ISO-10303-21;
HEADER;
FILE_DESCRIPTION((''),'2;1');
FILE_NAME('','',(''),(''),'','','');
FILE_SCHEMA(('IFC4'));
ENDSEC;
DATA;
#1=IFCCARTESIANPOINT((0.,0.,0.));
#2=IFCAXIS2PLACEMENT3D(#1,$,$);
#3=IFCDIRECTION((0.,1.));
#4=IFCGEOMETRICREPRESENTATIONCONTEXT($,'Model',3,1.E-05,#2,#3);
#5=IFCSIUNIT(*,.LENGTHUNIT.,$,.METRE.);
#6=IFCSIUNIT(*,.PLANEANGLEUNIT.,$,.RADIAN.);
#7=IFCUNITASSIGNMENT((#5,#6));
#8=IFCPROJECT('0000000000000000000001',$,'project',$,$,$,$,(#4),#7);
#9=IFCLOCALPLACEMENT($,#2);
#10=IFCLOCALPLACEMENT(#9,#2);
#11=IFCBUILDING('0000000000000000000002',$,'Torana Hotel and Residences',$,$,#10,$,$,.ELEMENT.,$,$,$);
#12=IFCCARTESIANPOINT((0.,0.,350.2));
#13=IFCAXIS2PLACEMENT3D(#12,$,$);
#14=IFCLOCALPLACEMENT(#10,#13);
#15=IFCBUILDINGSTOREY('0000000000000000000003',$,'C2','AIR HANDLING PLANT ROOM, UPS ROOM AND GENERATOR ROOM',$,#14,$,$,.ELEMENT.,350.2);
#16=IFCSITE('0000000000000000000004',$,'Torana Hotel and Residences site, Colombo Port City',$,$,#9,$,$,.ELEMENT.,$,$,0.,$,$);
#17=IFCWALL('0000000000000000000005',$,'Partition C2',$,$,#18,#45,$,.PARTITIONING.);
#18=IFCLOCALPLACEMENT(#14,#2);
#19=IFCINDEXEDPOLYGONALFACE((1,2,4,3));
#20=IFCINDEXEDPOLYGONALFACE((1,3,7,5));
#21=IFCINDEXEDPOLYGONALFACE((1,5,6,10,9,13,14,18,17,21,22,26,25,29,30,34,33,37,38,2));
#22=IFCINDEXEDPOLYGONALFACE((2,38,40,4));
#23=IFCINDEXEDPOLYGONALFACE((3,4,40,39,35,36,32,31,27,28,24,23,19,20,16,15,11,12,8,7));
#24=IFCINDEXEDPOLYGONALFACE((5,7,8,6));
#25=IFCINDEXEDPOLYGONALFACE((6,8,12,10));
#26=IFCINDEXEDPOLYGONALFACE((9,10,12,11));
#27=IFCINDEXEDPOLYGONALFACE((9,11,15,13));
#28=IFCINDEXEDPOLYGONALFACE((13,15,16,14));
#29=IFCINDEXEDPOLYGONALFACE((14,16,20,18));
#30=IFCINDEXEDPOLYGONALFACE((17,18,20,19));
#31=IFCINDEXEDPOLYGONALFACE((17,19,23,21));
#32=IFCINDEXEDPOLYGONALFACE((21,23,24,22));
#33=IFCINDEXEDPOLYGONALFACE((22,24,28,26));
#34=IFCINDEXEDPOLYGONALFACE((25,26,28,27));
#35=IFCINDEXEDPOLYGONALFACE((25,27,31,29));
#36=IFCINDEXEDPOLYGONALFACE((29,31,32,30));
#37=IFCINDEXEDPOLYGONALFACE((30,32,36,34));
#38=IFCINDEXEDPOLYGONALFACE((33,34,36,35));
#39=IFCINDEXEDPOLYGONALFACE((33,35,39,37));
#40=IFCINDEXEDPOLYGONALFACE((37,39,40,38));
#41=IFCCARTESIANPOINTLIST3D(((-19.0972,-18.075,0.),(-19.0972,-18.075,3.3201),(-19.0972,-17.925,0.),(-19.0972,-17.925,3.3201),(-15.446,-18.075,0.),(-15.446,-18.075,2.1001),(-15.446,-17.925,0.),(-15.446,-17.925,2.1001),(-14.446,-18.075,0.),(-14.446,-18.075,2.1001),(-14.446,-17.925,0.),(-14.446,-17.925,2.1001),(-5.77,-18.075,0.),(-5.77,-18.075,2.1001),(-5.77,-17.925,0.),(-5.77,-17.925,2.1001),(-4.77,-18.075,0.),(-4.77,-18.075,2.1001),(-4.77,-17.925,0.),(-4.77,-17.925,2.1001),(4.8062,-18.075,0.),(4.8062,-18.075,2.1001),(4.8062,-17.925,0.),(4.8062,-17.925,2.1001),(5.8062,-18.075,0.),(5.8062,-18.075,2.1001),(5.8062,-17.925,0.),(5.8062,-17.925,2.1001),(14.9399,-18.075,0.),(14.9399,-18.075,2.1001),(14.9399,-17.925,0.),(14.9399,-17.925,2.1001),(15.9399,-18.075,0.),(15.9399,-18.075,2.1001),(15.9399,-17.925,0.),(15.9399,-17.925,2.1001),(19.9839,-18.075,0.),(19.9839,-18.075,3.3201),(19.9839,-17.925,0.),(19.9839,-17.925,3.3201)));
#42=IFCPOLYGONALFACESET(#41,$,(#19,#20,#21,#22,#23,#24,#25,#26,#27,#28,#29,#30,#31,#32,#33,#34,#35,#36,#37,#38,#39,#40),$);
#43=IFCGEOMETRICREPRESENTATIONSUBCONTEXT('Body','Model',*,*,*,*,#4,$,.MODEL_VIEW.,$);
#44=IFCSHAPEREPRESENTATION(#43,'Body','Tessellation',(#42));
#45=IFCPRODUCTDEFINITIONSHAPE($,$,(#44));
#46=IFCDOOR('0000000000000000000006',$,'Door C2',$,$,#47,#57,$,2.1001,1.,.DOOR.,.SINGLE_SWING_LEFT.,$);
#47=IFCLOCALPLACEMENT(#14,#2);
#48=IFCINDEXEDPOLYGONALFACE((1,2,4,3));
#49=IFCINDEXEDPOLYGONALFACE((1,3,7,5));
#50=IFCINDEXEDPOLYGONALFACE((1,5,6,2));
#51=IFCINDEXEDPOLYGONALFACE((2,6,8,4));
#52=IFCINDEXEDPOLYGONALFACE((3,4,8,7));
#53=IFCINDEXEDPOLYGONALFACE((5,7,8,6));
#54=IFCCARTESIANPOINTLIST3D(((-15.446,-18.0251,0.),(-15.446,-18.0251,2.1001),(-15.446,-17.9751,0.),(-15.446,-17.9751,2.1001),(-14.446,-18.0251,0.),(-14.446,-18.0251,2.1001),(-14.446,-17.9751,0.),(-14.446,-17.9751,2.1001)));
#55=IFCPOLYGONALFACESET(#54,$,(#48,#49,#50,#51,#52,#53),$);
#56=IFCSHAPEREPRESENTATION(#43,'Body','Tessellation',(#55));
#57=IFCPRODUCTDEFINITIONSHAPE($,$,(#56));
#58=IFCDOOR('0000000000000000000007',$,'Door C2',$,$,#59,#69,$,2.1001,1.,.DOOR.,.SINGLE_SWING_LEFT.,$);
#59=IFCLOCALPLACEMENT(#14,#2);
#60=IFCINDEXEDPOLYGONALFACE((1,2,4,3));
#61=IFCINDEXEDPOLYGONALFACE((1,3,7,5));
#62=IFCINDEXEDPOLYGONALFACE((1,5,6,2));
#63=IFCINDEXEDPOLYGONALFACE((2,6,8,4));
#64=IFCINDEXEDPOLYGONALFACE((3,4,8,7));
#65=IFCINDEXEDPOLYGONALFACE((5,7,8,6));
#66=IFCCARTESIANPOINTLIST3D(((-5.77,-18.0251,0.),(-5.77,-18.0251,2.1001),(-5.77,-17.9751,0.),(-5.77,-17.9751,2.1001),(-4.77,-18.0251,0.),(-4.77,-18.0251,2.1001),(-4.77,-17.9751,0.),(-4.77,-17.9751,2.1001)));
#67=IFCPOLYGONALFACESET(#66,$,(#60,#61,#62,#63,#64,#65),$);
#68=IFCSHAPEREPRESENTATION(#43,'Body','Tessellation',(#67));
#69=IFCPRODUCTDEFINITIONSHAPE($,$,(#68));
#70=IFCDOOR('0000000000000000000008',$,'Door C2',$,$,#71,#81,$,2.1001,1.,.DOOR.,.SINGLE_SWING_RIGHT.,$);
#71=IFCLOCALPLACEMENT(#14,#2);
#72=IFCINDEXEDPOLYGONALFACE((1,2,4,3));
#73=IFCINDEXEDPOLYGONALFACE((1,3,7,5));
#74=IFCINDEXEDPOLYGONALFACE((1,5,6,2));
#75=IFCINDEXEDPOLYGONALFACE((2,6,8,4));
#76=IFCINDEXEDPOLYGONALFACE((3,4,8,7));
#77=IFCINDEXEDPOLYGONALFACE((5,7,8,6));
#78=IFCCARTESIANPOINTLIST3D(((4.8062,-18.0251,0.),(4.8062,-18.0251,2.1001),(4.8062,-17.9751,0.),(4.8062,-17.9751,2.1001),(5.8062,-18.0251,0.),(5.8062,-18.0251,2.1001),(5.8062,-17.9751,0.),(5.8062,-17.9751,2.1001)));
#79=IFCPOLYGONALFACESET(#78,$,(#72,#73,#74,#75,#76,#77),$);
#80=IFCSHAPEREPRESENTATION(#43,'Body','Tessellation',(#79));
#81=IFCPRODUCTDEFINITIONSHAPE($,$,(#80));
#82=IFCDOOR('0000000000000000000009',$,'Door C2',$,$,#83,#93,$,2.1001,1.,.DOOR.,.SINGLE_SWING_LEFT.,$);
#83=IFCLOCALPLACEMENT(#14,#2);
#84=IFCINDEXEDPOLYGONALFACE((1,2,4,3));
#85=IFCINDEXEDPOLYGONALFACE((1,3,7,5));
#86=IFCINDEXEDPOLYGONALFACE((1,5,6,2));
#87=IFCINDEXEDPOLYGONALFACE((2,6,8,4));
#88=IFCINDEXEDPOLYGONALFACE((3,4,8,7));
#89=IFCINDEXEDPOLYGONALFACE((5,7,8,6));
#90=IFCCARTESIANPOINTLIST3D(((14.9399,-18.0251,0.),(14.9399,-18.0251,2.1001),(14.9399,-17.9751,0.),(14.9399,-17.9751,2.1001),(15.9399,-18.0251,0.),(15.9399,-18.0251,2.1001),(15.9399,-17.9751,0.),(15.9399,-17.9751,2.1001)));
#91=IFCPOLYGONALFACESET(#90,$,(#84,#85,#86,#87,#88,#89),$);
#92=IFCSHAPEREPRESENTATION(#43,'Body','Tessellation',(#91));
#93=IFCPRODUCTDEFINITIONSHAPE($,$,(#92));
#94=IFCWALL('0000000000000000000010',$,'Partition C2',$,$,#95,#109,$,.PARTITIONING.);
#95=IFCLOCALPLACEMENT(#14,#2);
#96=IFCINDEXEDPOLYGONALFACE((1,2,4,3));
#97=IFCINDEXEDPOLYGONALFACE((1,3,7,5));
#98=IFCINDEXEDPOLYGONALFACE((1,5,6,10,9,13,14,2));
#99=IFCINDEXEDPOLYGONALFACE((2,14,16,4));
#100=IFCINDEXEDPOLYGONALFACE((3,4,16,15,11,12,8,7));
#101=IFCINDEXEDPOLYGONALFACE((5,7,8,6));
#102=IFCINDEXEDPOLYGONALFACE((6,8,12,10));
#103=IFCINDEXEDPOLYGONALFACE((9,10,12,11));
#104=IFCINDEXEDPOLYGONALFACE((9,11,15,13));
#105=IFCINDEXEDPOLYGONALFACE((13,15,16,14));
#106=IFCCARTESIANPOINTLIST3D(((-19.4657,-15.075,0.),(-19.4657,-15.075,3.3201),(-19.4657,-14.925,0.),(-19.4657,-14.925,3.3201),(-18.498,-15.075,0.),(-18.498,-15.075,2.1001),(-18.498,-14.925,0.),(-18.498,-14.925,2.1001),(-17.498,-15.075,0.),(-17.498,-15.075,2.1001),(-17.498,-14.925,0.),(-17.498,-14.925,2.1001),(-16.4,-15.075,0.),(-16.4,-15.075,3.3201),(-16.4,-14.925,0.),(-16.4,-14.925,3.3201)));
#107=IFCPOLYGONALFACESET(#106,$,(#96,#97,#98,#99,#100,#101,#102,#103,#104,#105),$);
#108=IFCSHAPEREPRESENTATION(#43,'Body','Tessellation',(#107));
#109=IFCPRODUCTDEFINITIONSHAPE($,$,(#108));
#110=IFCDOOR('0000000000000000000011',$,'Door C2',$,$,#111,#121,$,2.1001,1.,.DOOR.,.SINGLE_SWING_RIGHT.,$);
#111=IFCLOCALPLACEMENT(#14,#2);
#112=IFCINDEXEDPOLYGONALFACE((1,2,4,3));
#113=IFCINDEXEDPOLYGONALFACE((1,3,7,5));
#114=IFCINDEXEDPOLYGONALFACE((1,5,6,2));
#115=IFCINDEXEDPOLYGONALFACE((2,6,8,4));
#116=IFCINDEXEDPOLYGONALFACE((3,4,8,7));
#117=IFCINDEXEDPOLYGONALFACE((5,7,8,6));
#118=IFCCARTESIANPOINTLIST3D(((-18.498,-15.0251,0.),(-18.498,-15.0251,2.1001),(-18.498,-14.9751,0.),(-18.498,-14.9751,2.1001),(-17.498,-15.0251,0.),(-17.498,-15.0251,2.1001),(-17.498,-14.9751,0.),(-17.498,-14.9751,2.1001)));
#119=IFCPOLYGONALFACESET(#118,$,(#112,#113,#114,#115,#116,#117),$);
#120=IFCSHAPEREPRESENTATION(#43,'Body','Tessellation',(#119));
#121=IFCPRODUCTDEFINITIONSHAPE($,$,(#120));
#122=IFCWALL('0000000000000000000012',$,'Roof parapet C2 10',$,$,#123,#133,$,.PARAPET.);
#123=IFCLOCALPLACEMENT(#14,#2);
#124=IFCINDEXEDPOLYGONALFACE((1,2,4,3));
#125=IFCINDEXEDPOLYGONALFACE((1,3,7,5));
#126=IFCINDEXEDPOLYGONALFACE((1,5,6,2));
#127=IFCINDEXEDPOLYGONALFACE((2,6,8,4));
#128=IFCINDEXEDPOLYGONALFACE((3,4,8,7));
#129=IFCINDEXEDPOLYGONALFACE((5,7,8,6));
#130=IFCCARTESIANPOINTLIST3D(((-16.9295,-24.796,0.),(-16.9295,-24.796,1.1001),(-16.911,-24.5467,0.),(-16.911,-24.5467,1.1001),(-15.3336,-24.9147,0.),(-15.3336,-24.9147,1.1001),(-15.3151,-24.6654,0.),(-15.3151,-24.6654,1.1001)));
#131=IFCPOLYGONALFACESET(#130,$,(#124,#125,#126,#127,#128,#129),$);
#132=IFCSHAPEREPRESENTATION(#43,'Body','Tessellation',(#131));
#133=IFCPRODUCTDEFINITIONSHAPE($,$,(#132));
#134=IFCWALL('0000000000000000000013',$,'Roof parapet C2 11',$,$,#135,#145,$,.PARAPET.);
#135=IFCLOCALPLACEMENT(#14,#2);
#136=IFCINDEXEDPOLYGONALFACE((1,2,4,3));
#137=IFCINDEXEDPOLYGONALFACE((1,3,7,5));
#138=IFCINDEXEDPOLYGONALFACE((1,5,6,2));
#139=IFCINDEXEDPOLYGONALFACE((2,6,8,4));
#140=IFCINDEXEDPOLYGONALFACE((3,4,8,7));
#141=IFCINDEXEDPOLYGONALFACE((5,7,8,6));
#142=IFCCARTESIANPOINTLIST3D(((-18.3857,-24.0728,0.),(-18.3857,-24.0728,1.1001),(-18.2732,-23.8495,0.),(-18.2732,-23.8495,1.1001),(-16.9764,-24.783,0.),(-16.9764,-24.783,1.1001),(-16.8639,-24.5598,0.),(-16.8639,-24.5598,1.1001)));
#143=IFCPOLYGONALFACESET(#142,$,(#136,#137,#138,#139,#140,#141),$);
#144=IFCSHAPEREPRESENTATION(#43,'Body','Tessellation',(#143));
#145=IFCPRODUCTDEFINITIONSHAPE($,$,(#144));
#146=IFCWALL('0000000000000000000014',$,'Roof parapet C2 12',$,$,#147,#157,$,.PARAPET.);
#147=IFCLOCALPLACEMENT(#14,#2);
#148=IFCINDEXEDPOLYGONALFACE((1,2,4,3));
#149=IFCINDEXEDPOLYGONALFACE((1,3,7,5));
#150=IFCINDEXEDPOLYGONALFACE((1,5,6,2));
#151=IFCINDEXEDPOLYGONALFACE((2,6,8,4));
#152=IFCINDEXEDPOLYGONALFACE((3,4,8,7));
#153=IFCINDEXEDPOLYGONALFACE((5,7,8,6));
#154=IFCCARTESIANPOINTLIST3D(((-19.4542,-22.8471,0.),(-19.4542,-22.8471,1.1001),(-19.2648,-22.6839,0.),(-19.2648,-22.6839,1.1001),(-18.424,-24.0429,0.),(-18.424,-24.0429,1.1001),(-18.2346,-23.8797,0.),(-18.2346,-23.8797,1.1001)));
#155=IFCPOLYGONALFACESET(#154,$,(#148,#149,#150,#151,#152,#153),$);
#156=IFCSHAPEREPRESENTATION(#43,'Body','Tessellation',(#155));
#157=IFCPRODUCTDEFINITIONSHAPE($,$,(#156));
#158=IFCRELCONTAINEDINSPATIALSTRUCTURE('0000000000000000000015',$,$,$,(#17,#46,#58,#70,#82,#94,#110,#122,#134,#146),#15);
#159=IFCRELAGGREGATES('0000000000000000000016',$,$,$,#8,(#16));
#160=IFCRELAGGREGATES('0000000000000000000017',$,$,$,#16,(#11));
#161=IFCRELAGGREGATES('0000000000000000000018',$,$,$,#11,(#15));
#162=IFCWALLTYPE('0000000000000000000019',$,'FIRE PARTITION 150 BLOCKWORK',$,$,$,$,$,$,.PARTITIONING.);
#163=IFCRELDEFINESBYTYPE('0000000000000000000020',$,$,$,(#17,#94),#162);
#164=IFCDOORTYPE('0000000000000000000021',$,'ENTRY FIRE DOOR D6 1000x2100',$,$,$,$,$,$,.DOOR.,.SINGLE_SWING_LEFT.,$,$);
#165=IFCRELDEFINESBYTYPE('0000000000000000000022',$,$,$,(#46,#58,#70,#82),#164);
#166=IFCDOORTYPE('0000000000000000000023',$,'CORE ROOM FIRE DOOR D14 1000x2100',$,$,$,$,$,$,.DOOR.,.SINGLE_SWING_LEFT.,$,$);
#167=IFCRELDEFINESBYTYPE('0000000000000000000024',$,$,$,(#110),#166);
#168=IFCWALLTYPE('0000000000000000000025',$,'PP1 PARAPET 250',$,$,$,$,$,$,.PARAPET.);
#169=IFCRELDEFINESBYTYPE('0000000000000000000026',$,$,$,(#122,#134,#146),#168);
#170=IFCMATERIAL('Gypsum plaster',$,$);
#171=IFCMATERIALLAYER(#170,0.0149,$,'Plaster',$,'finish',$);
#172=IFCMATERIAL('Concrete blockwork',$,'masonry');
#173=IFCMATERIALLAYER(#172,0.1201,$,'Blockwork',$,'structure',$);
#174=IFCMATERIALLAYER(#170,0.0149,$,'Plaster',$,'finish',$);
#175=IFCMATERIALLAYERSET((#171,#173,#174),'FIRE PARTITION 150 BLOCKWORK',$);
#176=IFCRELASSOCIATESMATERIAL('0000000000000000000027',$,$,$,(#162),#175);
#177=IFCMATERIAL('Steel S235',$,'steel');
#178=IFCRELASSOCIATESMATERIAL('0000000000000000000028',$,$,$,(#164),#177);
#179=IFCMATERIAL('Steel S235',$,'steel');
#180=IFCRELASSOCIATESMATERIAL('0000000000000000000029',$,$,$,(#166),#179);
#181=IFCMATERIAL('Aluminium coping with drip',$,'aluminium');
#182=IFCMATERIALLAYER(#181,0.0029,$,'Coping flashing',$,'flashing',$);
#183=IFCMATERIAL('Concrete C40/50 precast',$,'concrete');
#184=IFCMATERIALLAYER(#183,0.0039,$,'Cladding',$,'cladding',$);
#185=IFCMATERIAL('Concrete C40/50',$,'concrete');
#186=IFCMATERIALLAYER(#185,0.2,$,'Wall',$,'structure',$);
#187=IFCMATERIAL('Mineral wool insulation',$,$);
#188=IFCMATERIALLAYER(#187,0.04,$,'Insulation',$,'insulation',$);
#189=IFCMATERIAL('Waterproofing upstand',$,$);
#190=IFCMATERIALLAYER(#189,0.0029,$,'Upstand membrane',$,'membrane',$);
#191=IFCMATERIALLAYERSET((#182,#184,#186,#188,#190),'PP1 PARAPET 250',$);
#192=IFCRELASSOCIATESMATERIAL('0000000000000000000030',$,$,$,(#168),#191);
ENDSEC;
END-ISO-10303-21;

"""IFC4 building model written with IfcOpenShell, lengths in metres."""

from ifc_helpers import new_model, si_unit, direction, frame, frame_2d, origin, place, context, subcontext, project, spatial, rectangle, extrude, material, layer, layer_set, type_object, element, fill, save


model = new_model("IFC4")

# Units and contexts
model_context = context("Model", 3, precision=1e-05, world=origin(), true_north=direction((0.0, 1.0)))
body_context = subcontext(model_context, "Body", "Model", "MODEL_VIEW")
ifc_project = project(units=[si_unit("LENGTHUNIT", "METRE"), si_unit("PLANEANGLEUNIT", "RADIAN")], contexts=[model_context])

# Site, building, storey
site_placement = place(None, origin())
site = spatial("IfcSite", under=ifc_project, at=site_placement, Name="Torana Hotel and Residences site, Colombo Port City", CompositionType="ELEMENT", RefElevation=0.0)
building_placement = place(site_placement, origin())
building = spatial("IfcBuilding", under=site, at=building_placement, Name="Torana Hotel and Residences", CompositionType="ELEMENT")
storey_placement = place(building_placement, frame((0.0, 0.0, 350.2)))
storey = spatial("IfcBuildingStorey", under=building, at=storey_placement, Name="C2", Description="AIR HANDLING PLANT ROOM, UPS ROOM AND GENERATOR ROOM", CompositionType="ELEMENT", Elevation=350.2)

# Wall, openings, doors
ifc_material_1 = material(Name="Gypsum plaster")
ifc_layer_1 = layer(ifc_material_1, 0.0149, Name="Plaster", Category="finish")
ifc_material_2 = material(Name="Concrete blockwork", Category="masonry")
ifc_layer_2 = layer(ifc_material_2, 0.1201, Name="Blockwork", Category="structure")
ifc_layer_3 = layer(ifc_material_1, 0.0149, Name="Plaster", Category="finish")
ifc_layer_set_1 = layer_set([ifc_layer_1, ifc_layer_2, ifc_layer_3], Name="FIRE PARTITION 150 BLOCKWORK")
wall_type_1 = type_object("IfcWallType", Name="FIRE PARTITION 150 BLOCKWORK", PredefinedType="PARTITIONING", material=ifc_layer_set_1)
wall_1_placement = place(storey_placement, frame((-19.0972, -18.0, 0.0), z_axis=(0.0, 0.0, 1.0), x_axis=(1.0, 0.0, 0.0)))
wall_1 = element("IfcWall", 1, at=wall_1_placement, inside=storey, type_object=wall_type_1, Name="Partition C2", PredefinedType="PARTITIONING", context=body_context, shape_type="SweptSolid", body=[
    extrude(rectangle(XDim=39.0811, YDim=0.1499, at=frame_2d((19.5405, 0.0))), origin(), (0.0, 0.0, 1.0), 3.3201),
])
opening_1_placement = place(wall_1_placement, frame((3.6511, 0.0, 0.0)))
opening_1 = element("IfcOpeningElement", 2, at=opening_1_placement, cuts=wall_1, PredefinedType="OPENING", context=body_context, shape_type="SweptSolid", body=[
    extrude(rectangle(XDim=1.0, YDim=2.1001, at=frame_2d((0.5, 1.05))), frame((0.0, 0.085, 0.0), z_axis=(0.0, -1.0, 0.0), x_axis=(1.0, 0.0, 0.0)), (0.0, 0.0, 1.0), 0.1699),
])
opening_2_placement = place(wall_1_placement, frame((13.3271, 0.0, 0.0)))
opening_2 = element("IfcOpeningElement", 3, at=opening_2_placement, cuts=wall_1, PredefinedType="OPENING", context=body_context, shape_type="SweptSolid", body=[
    extrude(rectangle(XDim=1.0, YDim=2.1001, at=frame_2d((0.5, 1.05))), frame((0.0, 0.085, 0.0), z_axis=(0.0, -1.0, 0.0), x_axis=(1.0, 0.0, 0.0)), (0.0, 0.0, 1.0), 0.1699),
])
opening_3_placement = place(wall_1_placement, frame((23.9033, 0.0, 0.0)))
opening_3 = element("IfcOpeningElement", 4, at=opening_3_placement, cuts=wall_1, PredefinedType="OPENING", context=body_context, shape_type="SweptSolid", body=[
    extrude(rectangle(XDim=1.0, YDim=2.1001, at=frame_2d((0.5, 1.05))), frame((0.0, 0.085, 0.0), z_axis=(0.0, -1.0, 0.0), x_axis=(1.0, 0.0, 0.0)), (0.0, 0.0, 1.0), 0.1699),
])
opening_4_placement = place(wall_1_placement, frame((34.0371, 0.0, 0.0)))
opening_4 = element("IfcOpeningElement", 5, at=opening_4_placement, cuts=wall_1, PredefinedType="OPENING", context=body_context, shape_type="SweptSolid", body=[
    extrude(rectangle(XDim=1.0, YDim=2.1001, at=frame_2d((0.5, 1.05))), frame((0.0, 0.085, 0.0), z_axis=(0.0, -1.0, 0.0), x_axis=(1.0, 0.0, 0.0)), (0.0, 0.0, 1.0), 0.1699),
])
ifc_material_3 = material(Name="Steel S235", Category="steel")
door_type_1 = type_object("IfcDoorType", Name="ENTRY FIRE DOOR D6 1000x2100", OperationType="SINGLE_SWING_LEFT", PredefinedType="DOOR", material=ifc_material_3)
door_1_placement = place(opening_1_placement, frame((0.5, 0.0, 0.0), z_axis=(0.0, 0.0, 1.0), x_axis=(-1.0, 0.0, 0.0)))
door_1 = element("IfcDoor", 6, at=door_1_placement, inside=storey, type_object=door_type_1, Name="Door C2", OperationType="SINGLE_SWING_LEFT", OverallHeight=2.1001, OverallWidth=1.0, PredefinedType="DOOR", context=body_context, shape_type="SweptSolid", body=[
    extrude(rectangle(XDim=1.0, YDim=2.1001, at=frame_2d((0.0, 1.05))), frame((0.0, -0.0249, 0.0), z_axis=(0.0, 1.0, 0.0), x_axis=(-1.0, 0.0, 0.0)), (0.0, 0.0, 1.0), 0.05),
])
fill(opening_1, door_1)
door_2_placement = place(opening_2_placement, frame((0.5, 0.0, 0.0), z_axis=(0.0, 0.0, 1.0), x_axis=(-1.0, 0.0, 0.0)))
door_2 = element("IfcDoor", 7, at=door_2_placement, inside=storey, type_object=door_type_1, Name="Door C2", OperationType="SINGLE_SWING_LEFT", OverallHeight=2.1001, OverallWidth=1.0, PredefinedType="DOOR", context=body_context, shape_type="SweptSolid", body=[
    extrude(rectangle(XDim=1.0, YDim=2.1001, at=frame_2d((0.0, 1.05))), frame((0.0, -0.0249, 0.0), z_axis=(0.0, 1.0, 0.0), x_axis=(-1.0, 0.0, 0.0)), (0.0, 0.0, 1.0), 0.05),
])
fill(opening_2, door_2)
door_3_placement = place(opening_3_placement, frame((0.5, 0.0, 0.0), z_axis=(0.0, 0.0, 1.0), x_axis=(-1.0, 0.0, 0.0)))
door_3 = element("IfcDoor", 8, at=door_3_placement, inside=storey, type_object=door_type_1, Name="Door C2", OperationType="SINGLE_SWING_RIGHT", OverallHeight=2.1001, OverallWidth=1.0, PredefinedType="DOOR", context=body_context, shape_type="SweptSolid", body=[
    extrude(rectangle(XDim=1.0, YDim=2.1001, at=frame_2d((0.0, 1.05))), frame((0.0, -0.0249, 0.0), z_axis=(0.0, 1.0, 0.0), x_axis=(-1.0, 0.0, 0.0)), (0.0, 0.0, 1.0), 0.05),
])
fill(opening_3, door_3)
door_4_placement = place(opening_4_placement, frame((0.5, 0.0, 0.0), z_axis=(0.0, 0.0, 1.0), x_axis=(-1.0, 0.0, 0.0)))
door_4 = element("IfcDoor", 9, at=door_4_placement, inside=storey, type_object=door_type_1, Name="Door C2", OperationType="SINGLE_SWING_LEFT", OverallHeight=2.1001, OverallWidth=1.0, PredefinedType="DOOR", context=body_context, shape_type="SweptSolid", body=[
    extrude(rectangle(XDim=1.0, YDim=2.1001, at=frame_2d((0.0, 1.05))), frame((0.0, -0.0249, 0.0), z_axis=(0.0, 1.0, 0.0), x_axis=(-1.0, 0.0, 0.0)), (0.0, 0.0, 1.0), 0.05),
])
fill(opening_4, door_4)

# Wall, opening, door
wall_2_placement = place(storey_placement, frame((-19.4656, -15.0, 0.0), z_axis=(0.0, 0.0, 1.0), x_axis=(1.0, 0.0, 0.0)))
wall_2 = element("IfcWall", 10, at=wall_2_placement, inside=storey, type_object=wall_type_1, Name="Partition C2", PredefinedType="PARTITIONING", context=body_context, shape_type="SweptSolid", body=[
    extrude(rectangle(XDim=3.0657, YDim=0.1499, at=frame_2d((1.5327, 0.0))), origin(), (0.0, 0.0, 1.0), 3.3201),
])
opening_5_placement = place(wall_2_placement, frame((0.9675, 0.0, 0.0)))
opening_5 = element("IfcOpeningElement", 11, at=opening_5_placement, cuts=wall_2, PredefinedType="OPENING", context=body_context, shape_type="SweptSolid", body=[
    extrude(rectangle(XDim=1.0, YDim=2.1001, at=frame_2d((0.5, 1.05))), frame((0.0, 0.085, 0.0), z_axis=(0.0, -1.0, 0.0), x_axis=(1.0, 0.0, 0.0)), (0.0, 0.0, 1.0), 0.1699),
])
ifc_material_4 = material(Name="Steel S235", Category="steel")
door_type_2 = type_object("IfcDoorType", Name="CORE ROOM FIRE DOOR D14 1000x2100", OperationType="SINGLE_SWING_LEFT", PredefinedType="DOOR", material=ifc_material_4)
door_5_placement = place(opening_5_placement, origin())
door_5 = element("IfcDoor", 12, at=door_5_placement, inside=storey, type_object=door_type_2, Name="Door C2", OperationType="SINGLE_SWING_RIGHT", OverallHeight=2.1001, OverallWidth=1.0, PredefinedType="DOOR", context=body_context, shape_type="SweptSolid", body=[
    extrude(rectangle(XDim=1.0, YDim=2.1001, at=frame_2d((0.5, 1.05))), frame((0.0, 0.0249, 0.0), z_axis=(0.0, -1.0, 0.0), x_axis=(1.0, 0.0, 0.0)), (0.0, 0.0, 1.0), 0.05),
])
fill(opening_5, door_5)

# Walls
ifc_material_5 = material(Name="Aluminium coping with drip", Category="aluminium")
ifc_layer_4 = layer(ifc_material_5, 0.0029, Name="Coping flashing", Category="flashing")
ifc_material_6 = material(Name="Concrete C40/50 precast", Category="concrete")
ifc_layer_5 = layer(ifc_material_6, 0.0039, Name="Cladding", Category="cladding")
ifc_material_7 = material(Name="Concrete C40/50", Category="concrete")
ifc_layer_6 = layer(ifc_material_7, 0.2, Name="Wall", Category="structure")
ifc_material_8 = material(Name="Mineral wool insulation")
ifc_layer_7 = layer(ifc_material_8, 0.04, Name="Insulation", Category="insulation")
ifc_material_9 = material(Name="Waterproofing upstand")
ifc_layer_8 = layer(ifc_material_9, 0.0029, Name="Upstand membrane", Category="membrane")
ifc_layer_set_2 = layer_set([ifc_layer_4, ifc_layer_5, ifc_layer_6, ifc_layer_7, ifc_layer_8], Name="PP1 PARAPET 250")
wall_type_2 = type_object("IfcWallType", Name="PP1 PARAPET 250", PredefinedType="PARAPET", material=ifc_layer_set_2)
wall_3_placement = place(storey_placement, frame((-15.3242, -24.79, 0.0), z_axis=(0.0, 0.0, 1.0), x_axis=(-0.997248, 0.074141, 0.0)))
element("IfcWall", 13, at=wall_3_placement, inside=storey, type_object=wall_type_2, Name="Roof parapet C2 10", PredefinedType="PARAPET", context=body_context, shape_type="SweptSolid", body=[
    extrude(rectangle(XDim=1.6003, YDim=0.25, at=frame_2d((0.8003, 0.0))), origin(), (0.0, 0.0, 1.0), 1.1001),
])
wall_4_placement = place(storey_placement, frame((-16.9202, -24.6714, 0.0), z_axis=(0.0, 0.0, 1.0), x_axis=(-0.892999, 0.450058, 0.0)))
element("IfcWall", 14, at=wall_4_placement, inside=storey, type_object=wall_type_2, Name="Roof parapet C2 11", PredefinedType="PARAPET", context=body_context, shape_type="SweptSolid", body=[
    extrude(rectangle(XDim=1.5781, YDim=0.25, at=frame_2d((0.7891, 0.0))), origin(), (0.0, 0.0, 1.0), 1.1001),
])
wall_5_placement = place(storey_placement, frame((-18.3293, -23.9612, 0.0), z_axis=(0.0, 0.0, 1.0), x_axis=(-0.652725, 0.757595, 0.0)))
element("IfcWall", 15, at=wall_5_placement, inside=storey, type_object=wall_type_2, Name="Roof parapet C2 12", PredefinedType="PARAPET", context=body_context, shape_type="SweptSolid", body=[
    extrude(rectangle(XDim=1.5784, YDim=0.25, at=frame_2d((0.7891, 0.0))), origin(), (0.0, 0.0, 1.0), 1.1001),
])

save(model, "model.ifc")
